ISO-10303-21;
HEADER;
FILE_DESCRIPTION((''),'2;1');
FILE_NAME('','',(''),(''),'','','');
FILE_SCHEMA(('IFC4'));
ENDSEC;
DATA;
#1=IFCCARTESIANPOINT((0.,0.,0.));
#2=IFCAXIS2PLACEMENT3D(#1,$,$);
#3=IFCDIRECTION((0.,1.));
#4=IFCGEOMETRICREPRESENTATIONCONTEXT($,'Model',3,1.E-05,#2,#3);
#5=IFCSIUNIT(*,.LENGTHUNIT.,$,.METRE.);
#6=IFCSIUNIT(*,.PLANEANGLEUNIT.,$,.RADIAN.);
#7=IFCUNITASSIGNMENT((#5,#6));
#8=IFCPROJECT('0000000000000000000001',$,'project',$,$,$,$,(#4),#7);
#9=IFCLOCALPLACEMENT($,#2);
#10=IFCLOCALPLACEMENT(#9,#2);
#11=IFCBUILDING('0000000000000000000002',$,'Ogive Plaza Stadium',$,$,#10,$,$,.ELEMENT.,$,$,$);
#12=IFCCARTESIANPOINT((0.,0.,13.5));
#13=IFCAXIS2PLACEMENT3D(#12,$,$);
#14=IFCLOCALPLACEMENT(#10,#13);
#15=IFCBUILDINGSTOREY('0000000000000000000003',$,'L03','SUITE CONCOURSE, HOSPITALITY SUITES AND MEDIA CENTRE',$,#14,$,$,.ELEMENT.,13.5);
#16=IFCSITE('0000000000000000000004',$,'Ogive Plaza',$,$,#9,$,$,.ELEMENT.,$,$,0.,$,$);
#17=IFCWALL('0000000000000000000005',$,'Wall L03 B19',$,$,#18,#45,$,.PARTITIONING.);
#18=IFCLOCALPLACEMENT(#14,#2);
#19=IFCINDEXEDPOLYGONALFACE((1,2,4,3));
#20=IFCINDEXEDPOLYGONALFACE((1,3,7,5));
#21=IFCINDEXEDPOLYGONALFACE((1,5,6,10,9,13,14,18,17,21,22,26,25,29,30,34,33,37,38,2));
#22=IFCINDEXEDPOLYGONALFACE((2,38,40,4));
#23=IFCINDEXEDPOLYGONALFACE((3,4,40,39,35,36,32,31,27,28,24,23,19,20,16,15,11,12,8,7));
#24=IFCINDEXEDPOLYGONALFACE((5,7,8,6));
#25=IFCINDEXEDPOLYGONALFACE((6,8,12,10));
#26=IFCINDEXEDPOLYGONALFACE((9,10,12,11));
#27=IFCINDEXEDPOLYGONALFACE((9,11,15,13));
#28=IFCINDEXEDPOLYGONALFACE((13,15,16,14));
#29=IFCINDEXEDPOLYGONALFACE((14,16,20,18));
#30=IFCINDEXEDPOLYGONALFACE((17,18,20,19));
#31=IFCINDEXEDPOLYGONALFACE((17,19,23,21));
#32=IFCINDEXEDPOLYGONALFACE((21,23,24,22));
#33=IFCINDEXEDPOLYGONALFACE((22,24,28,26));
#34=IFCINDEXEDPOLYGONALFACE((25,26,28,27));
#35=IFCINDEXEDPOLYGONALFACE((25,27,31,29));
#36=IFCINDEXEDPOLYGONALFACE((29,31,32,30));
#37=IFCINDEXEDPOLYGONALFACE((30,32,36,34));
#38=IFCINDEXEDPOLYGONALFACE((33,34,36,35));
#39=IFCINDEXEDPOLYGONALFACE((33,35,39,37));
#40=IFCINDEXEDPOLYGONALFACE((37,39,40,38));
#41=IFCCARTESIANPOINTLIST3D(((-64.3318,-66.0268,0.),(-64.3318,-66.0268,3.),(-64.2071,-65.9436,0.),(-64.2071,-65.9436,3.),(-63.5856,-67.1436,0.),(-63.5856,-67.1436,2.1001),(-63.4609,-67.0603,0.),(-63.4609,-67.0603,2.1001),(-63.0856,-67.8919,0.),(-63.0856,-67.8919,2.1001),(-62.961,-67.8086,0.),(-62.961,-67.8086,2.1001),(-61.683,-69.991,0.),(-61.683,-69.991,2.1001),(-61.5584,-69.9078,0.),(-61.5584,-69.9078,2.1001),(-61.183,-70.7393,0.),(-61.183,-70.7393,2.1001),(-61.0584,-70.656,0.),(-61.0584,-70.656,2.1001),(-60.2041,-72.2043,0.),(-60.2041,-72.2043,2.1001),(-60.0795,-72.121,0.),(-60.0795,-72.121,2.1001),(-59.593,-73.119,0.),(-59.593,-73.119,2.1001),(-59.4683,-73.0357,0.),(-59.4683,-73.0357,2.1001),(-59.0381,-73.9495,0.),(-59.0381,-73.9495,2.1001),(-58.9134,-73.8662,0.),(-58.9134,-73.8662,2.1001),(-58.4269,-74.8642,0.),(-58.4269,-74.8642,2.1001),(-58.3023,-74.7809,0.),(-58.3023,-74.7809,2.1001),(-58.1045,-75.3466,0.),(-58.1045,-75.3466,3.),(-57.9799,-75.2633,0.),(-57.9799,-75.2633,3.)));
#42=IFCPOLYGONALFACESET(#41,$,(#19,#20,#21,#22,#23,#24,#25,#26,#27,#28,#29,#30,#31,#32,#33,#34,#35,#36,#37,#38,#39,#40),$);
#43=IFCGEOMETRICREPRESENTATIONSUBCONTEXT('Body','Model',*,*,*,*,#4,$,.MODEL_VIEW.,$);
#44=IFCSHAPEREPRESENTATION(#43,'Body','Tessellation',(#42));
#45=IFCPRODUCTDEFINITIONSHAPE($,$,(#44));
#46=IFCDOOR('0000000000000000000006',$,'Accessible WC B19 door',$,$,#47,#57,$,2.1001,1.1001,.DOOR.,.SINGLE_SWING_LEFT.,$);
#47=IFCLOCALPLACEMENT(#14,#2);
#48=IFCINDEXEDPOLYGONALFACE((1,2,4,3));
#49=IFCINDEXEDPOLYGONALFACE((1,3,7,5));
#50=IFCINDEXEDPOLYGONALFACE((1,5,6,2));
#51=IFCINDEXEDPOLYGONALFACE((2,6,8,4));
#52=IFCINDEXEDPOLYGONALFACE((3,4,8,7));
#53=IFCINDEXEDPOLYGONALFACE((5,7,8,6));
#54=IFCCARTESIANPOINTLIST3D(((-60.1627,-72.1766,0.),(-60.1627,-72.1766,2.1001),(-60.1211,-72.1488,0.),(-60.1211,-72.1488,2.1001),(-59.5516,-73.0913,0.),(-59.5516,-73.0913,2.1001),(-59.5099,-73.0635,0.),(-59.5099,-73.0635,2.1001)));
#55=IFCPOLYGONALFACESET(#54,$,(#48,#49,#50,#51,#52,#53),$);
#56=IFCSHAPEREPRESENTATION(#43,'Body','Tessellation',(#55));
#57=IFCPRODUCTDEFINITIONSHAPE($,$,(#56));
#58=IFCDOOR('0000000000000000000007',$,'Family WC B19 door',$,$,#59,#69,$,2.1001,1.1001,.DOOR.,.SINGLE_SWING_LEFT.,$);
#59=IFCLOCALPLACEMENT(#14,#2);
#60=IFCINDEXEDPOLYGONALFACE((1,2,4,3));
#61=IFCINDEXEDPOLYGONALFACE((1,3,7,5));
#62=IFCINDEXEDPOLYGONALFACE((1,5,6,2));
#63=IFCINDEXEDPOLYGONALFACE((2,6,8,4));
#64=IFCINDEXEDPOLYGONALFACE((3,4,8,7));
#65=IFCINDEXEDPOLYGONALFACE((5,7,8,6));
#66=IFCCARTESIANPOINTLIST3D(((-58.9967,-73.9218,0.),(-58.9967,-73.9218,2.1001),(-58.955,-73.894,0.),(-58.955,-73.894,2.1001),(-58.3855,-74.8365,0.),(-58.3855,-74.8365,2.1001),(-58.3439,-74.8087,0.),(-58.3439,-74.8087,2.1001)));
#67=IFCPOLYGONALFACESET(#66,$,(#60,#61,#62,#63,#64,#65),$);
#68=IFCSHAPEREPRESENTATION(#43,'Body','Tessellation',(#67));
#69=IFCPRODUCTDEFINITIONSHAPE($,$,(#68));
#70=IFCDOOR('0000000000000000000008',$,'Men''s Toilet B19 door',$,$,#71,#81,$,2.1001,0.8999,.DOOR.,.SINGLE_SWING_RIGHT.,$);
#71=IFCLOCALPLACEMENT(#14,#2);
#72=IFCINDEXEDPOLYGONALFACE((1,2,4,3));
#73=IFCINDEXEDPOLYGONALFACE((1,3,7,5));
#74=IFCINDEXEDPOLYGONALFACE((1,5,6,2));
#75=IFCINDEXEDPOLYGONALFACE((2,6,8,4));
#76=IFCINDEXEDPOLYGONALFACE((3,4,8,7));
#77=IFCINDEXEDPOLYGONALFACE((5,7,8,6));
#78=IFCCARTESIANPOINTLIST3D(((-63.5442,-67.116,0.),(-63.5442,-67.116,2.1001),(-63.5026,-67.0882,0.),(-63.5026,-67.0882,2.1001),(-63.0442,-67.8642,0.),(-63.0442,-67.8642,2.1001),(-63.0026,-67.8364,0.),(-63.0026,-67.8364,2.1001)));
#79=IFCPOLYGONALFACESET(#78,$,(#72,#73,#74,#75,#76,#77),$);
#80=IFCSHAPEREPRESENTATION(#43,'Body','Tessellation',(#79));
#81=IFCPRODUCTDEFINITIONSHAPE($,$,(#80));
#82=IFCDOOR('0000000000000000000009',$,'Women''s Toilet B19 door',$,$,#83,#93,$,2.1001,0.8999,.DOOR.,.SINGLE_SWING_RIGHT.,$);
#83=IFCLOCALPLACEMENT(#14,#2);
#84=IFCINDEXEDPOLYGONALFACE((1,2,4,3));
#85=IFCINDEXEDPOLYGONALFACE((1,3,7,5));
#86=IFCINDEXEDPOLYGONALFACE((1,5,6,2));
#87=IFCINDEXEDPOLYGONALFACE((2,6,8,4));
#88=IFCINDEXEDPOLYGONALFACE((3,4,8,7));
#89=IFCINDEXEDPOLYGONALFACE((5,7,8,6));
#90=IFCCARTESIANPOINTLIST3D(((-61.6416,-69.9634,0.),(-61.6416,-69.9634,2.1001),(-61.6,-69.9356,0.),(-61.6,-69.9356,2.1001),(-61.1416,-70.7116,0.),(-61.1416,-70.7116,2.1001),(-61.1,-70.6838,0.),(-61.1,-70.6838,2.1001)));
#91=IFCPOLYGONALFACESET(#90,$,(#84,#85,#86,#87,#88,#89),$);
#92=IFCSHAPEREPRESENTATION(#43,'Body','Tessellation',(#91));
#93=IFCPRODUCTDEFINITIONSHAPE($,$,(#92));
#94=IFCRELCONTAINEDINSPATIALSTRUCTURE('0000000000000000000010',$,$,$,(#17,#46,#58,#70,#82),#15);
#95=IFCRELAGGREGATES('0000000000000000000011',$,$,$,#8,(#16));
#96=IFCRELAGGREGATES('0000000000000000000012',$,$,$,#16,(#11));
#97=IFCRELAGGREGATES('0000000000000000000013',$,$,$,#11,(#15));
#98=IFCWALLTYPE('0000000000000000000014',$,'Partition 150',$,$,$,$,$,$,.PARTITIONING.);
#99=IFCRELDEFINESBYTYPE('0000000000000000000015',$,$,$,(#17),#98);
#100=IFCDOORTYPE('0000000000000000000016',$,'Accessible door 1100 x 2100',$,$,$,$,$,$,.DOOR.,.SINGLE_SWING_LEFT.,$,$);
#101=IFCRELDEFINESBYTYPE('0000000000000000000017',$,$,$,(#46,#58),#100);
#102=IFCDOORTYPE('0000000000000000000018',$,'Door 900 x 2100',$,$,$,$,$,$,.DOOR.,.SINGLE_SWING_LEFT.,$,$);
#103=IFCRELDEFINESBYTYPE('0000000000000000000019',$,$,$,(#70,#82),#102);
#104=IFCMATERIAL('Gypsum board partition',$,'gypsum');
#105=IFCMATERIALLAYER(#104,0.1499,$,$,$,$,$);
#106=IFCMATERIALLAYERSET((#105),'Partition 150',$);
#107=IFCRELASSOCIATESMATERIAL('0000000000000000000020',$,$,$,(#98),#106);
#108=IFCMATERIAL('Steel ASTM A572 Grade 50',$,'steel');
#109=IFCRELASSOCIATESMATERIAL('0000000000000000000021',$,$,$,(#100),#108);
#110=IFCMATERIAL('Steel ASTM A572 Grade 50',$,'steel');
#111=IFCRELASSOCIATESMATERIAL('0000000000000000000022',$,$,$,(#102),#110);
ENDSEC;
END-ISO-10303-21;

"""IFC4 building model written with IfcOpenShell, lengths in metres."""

from ifc_helpers import new_model, si_unit, direction, frame, frame_2d, origin, place, context, subcontext, project, spatial, rectangle, extrude, material, layer, layer_set, type_object, element, fill, save


model = new_model("IFC4")

# Units and contexts
model_context = context("Model", 3, precision=1e-05, world=origin(), true_north=direction((0.0, 1.0)))
body_context = subcontext(model_context, "Body", "Model", "MODEL_VIEW")
ifc_project = project(units=[si_unit("LENGTHUNIT", "METRE"), si_unit("PLANEANGLEUNIT", "RADIAN")], contexts=[model_context])

# Site, building, storey
site_placement = place(None, origin())
site = spatial("IfcSite", under=ifc_project, at=site_placement, Name="Ogive Plaza", CompositionType="ELEMENT", RefElevation=0.0)
building_placement = place(site_placement, origin())
building = spatial("IfcBuilding", under=site, at=building_placement, Name="Ogive Plaza Stadium", CompositionType="ELEMENT")
storey_placement = place(building_placement, frame((0.0, 0.0, 13.5)))
storey = spatial("IfcBuildingStorey", under=building, at=storey_placement, Name="L03", Description="SUITE CONCOURSE, HOSPITALITY SUITES AND MEDIA CENTRE", CompositionType="ELEMENT", Elevation=13.5)

# Wall, openings, doors
ifc_material_1 = material(Name="Gypsum board partition", Category="gypsum")
ifc_layer_1 = layer(ifc_material_1, 0.1499)
ifc_layer_set_1 = layer_set([ifc_layer_1], Name="Partition 150")
wall_type_1 = type_object("IfcWallType", Name="Partition 150", PredefinedType="PARTITIONING", material=ifc_layer_set_1)
wall_1_placement = place(storey_placement, frame((-64.2695, -65.9851, 0.0), z_axis=(0.0, 0.0, 1.0), x_axis=(0.555569, -0.83147, 0.0)))
wall_1 = element("IfcWall", 1, at=wall_1_placement, inside=storey, type_object=wall_type_1, Name="Wall L03 B19", PredefinedType="PARTITIONING", context=body_context, shape_type="SweptSolid", body=[
    extrude(rectangle(XDim=11.2087, YDim=0.1499, at=frame_2d((5.6045, 0.0))), origin(), (0.0, 0.0, 1.0), 3.0),
])
opening_1_placement = place(wall_1_placement, frame((1.3433, 0.0, 0.0)))
opening_1 = element("IfcOpeningElement", 2, at=opening_1_placement, cuts=wall_1, PredefinedType="OPENING", context=body_context, shape_type="SweptSolid", body=[
    extrude(rectangle(XDim=0.8999, YDim=2.1001, at=frame_2d((0.45, 1.05))), frame((0.0, 0.075, 0.0), z_axis=(0.0, -1.0, 0.0), x_axis=(1.0, 0.0, 0.0)), (0.0, 0.0, 1.0), 0.1499),
])
opening_2_placement = place(wall_1_placement, frame((4.7678, 0.0, 0.0)))
opening_2 = element("IfcOpeningElement", 3, at=opening_2_placement, cuts=wall_1, PredefinedType="OPENING", context=body_context, shape_type="SweptSolid", body=[
    extrude(rectangle(XDim=0.8999, YDim=2.1001, at=frame_2d((0.45, 1.05))), frame((0.0, 0.075, 0.0), z_axis=(0.0, -1.0, 0.0), x_axis=(1.0, 0.0, 0.0)), (0.0, 0.0, 1.0), 0.1499),
])
opening_3_placement = place(wall_1_placement, frame((7.4297, 0.0, 0.0)))
opening_3 = element("IfcOpeningElement", 4, at=opening_3_placement, cuts=wall_1, PredefinedType="OPENING", context=body_context, shape_type="SweptSolid", body=[
    extrude(rectangle(XDim=1.1001, YDim=2.1001, at=frame_2d((0.55, 1.05))), frame((0.0, 0.075, 0.0), z_axis=(0.0, -1.0, 0.0), x_axis=(1.0, 0.0, 0.0)), (0.0, 0.0, 1.0), 0.1499),
])
opening_4_placement = place(wall_1_placement, frame((9.5286, 0.0, 0.0)))
opening_4 = element("IfcOpeningElement", 5, at=opening_4_placement, cuts=wall_1, PredefinedType="OPENING", context=body_context, shape_type="SweptSolid", body=[
    extrude(rectangle(XDim=1.1001, YDim=2.1001, at=frame_2d((0.55, 1.05))), frame((0.0, 0.075, 0.0), z_axis=(0.0, -1.0, 0.0), x_axis=(1.0, 0.0, 0.0)), (0.0, 0.0, 1.0), 0.1499),
])
ifc_material_2 = material(Name="Steel ASTM A572 Grade 50", Category="steel")
door_type_1 = type_object("IfcDoorType", Name="Accessible door 1100 x 2100", OperationType="SINGLE_SWING_LEFT", PredefinedType="DOOR", material=ifc_material_2)
door_1_placement = place(opening_3_placement, origin())
door_1 = element("IfcDoor", 6, at=door_1_placement, inside=storey, type_object=door_type_1, Name="Accessible WC B19 door", OperationType="SINGLE_SWING_LEFT", OverallHeight=2.1001, OverallWidth=1.1001, PredefinedType="DOOR", context=body_context, shape_type="SweptSolid", body=[
    extrude(rectangle(XDim=1.1001, YDim=2.1001, at=frame_2d((0.55, 1.05))), frame((0.0, 0.0249, 0.0), z_axis=(0.0, -1.0, 0.0), x_axis=(1.0, 0.0, 0.0)), (0.0, 0.0, 1.0), 0.05),
])
fill(opening_3, door_1)
door_2_placement = place(opening_4_placement, origin())
door_2 = element("IfcDoor", 7, at=door_2_placement, inside=storey, type_object=door_type_1, Name="Family WC B19 door", OperationType="SINGLE_SWING_LEFT", OverallHeight=2.1001, OverallWidth=1.1001, PredefinedType="DOOR", context=body_context, shape_type="SweptSolid", body=[
    extrude(rectangle(XDim=1.1001, YDim=2.1001, at=frame_2d((0.55, 1.05))), frame((0.0, 0.0249, 0.0), z_axis=(0.0, -1.0, 0.0), x_axis=(1.0, 0.0, 0.0)), (0.0, 0.0, 1.0), 0.05),
])
fill(opening_4, door_2)
ifc_material_3 = material(Name="Steel ASTM A572 Grade 50", Category="steel")
door_type_2 = type_object("IfcDoorType", Name="Door 900 x 2100", OperationType="SINGLE_SWING_LEFT", PredefinedType="DOOR", material=ifc_material_3)
door_3_placement = place(opening_1_placement, origin())
door_3 = element("IfcDoor", 8, at=door_3_placement, inside=storey, type_object=door_type_2, Name="Men's Toilet B19 door", OperationType="SINGLE_SWING_RIGHT", OverallHeight=2.1001, OverallWidth=0.8999, PredefinedType="DOOR", context=body_context, shape_type="SweptSolid", body=[
    extrude(rectangle(XDim=0.8999, YDim=2.1001, at=frame_2d((0.45, 1.05))), frame((0.0, 0.0249, 0.0), z_axis=(0.0, -1.0, 0.0), x_axis=(1.0, 0.0, 0.0)), (0.0, 0.0, 1.0), 0.05),
])
fill(opening_1, door_3)
door_4_placement = place(opening_2_placement, origin())
door_4 = element("IfcDoor", 9, at=door_4_placement, inside=storey, type_object=door_type_2, Name="Women's Toilet B19 door", OperationType="SINGLE_SWING_RIGHT", OverallHeight=2.1001, OverallWidth=0.8999, PredefinedType="DOOR", context=body_context, shape_type="SweptSolid", body=[
    extrude(rectangle(XDim=0.8999, YDim=2.1001, at=frame_2d((0.45, 1.05))), frame((0.0, 0.0249, 0.0), z_axis=(0.0, -1.0, 0.0), x_axis=(1.0, 0.0, 0.0)), (0.0, 0.0, 1.0), 0.05),
])
fill(opening_2, door_4)

save(model, "model.ifc")
